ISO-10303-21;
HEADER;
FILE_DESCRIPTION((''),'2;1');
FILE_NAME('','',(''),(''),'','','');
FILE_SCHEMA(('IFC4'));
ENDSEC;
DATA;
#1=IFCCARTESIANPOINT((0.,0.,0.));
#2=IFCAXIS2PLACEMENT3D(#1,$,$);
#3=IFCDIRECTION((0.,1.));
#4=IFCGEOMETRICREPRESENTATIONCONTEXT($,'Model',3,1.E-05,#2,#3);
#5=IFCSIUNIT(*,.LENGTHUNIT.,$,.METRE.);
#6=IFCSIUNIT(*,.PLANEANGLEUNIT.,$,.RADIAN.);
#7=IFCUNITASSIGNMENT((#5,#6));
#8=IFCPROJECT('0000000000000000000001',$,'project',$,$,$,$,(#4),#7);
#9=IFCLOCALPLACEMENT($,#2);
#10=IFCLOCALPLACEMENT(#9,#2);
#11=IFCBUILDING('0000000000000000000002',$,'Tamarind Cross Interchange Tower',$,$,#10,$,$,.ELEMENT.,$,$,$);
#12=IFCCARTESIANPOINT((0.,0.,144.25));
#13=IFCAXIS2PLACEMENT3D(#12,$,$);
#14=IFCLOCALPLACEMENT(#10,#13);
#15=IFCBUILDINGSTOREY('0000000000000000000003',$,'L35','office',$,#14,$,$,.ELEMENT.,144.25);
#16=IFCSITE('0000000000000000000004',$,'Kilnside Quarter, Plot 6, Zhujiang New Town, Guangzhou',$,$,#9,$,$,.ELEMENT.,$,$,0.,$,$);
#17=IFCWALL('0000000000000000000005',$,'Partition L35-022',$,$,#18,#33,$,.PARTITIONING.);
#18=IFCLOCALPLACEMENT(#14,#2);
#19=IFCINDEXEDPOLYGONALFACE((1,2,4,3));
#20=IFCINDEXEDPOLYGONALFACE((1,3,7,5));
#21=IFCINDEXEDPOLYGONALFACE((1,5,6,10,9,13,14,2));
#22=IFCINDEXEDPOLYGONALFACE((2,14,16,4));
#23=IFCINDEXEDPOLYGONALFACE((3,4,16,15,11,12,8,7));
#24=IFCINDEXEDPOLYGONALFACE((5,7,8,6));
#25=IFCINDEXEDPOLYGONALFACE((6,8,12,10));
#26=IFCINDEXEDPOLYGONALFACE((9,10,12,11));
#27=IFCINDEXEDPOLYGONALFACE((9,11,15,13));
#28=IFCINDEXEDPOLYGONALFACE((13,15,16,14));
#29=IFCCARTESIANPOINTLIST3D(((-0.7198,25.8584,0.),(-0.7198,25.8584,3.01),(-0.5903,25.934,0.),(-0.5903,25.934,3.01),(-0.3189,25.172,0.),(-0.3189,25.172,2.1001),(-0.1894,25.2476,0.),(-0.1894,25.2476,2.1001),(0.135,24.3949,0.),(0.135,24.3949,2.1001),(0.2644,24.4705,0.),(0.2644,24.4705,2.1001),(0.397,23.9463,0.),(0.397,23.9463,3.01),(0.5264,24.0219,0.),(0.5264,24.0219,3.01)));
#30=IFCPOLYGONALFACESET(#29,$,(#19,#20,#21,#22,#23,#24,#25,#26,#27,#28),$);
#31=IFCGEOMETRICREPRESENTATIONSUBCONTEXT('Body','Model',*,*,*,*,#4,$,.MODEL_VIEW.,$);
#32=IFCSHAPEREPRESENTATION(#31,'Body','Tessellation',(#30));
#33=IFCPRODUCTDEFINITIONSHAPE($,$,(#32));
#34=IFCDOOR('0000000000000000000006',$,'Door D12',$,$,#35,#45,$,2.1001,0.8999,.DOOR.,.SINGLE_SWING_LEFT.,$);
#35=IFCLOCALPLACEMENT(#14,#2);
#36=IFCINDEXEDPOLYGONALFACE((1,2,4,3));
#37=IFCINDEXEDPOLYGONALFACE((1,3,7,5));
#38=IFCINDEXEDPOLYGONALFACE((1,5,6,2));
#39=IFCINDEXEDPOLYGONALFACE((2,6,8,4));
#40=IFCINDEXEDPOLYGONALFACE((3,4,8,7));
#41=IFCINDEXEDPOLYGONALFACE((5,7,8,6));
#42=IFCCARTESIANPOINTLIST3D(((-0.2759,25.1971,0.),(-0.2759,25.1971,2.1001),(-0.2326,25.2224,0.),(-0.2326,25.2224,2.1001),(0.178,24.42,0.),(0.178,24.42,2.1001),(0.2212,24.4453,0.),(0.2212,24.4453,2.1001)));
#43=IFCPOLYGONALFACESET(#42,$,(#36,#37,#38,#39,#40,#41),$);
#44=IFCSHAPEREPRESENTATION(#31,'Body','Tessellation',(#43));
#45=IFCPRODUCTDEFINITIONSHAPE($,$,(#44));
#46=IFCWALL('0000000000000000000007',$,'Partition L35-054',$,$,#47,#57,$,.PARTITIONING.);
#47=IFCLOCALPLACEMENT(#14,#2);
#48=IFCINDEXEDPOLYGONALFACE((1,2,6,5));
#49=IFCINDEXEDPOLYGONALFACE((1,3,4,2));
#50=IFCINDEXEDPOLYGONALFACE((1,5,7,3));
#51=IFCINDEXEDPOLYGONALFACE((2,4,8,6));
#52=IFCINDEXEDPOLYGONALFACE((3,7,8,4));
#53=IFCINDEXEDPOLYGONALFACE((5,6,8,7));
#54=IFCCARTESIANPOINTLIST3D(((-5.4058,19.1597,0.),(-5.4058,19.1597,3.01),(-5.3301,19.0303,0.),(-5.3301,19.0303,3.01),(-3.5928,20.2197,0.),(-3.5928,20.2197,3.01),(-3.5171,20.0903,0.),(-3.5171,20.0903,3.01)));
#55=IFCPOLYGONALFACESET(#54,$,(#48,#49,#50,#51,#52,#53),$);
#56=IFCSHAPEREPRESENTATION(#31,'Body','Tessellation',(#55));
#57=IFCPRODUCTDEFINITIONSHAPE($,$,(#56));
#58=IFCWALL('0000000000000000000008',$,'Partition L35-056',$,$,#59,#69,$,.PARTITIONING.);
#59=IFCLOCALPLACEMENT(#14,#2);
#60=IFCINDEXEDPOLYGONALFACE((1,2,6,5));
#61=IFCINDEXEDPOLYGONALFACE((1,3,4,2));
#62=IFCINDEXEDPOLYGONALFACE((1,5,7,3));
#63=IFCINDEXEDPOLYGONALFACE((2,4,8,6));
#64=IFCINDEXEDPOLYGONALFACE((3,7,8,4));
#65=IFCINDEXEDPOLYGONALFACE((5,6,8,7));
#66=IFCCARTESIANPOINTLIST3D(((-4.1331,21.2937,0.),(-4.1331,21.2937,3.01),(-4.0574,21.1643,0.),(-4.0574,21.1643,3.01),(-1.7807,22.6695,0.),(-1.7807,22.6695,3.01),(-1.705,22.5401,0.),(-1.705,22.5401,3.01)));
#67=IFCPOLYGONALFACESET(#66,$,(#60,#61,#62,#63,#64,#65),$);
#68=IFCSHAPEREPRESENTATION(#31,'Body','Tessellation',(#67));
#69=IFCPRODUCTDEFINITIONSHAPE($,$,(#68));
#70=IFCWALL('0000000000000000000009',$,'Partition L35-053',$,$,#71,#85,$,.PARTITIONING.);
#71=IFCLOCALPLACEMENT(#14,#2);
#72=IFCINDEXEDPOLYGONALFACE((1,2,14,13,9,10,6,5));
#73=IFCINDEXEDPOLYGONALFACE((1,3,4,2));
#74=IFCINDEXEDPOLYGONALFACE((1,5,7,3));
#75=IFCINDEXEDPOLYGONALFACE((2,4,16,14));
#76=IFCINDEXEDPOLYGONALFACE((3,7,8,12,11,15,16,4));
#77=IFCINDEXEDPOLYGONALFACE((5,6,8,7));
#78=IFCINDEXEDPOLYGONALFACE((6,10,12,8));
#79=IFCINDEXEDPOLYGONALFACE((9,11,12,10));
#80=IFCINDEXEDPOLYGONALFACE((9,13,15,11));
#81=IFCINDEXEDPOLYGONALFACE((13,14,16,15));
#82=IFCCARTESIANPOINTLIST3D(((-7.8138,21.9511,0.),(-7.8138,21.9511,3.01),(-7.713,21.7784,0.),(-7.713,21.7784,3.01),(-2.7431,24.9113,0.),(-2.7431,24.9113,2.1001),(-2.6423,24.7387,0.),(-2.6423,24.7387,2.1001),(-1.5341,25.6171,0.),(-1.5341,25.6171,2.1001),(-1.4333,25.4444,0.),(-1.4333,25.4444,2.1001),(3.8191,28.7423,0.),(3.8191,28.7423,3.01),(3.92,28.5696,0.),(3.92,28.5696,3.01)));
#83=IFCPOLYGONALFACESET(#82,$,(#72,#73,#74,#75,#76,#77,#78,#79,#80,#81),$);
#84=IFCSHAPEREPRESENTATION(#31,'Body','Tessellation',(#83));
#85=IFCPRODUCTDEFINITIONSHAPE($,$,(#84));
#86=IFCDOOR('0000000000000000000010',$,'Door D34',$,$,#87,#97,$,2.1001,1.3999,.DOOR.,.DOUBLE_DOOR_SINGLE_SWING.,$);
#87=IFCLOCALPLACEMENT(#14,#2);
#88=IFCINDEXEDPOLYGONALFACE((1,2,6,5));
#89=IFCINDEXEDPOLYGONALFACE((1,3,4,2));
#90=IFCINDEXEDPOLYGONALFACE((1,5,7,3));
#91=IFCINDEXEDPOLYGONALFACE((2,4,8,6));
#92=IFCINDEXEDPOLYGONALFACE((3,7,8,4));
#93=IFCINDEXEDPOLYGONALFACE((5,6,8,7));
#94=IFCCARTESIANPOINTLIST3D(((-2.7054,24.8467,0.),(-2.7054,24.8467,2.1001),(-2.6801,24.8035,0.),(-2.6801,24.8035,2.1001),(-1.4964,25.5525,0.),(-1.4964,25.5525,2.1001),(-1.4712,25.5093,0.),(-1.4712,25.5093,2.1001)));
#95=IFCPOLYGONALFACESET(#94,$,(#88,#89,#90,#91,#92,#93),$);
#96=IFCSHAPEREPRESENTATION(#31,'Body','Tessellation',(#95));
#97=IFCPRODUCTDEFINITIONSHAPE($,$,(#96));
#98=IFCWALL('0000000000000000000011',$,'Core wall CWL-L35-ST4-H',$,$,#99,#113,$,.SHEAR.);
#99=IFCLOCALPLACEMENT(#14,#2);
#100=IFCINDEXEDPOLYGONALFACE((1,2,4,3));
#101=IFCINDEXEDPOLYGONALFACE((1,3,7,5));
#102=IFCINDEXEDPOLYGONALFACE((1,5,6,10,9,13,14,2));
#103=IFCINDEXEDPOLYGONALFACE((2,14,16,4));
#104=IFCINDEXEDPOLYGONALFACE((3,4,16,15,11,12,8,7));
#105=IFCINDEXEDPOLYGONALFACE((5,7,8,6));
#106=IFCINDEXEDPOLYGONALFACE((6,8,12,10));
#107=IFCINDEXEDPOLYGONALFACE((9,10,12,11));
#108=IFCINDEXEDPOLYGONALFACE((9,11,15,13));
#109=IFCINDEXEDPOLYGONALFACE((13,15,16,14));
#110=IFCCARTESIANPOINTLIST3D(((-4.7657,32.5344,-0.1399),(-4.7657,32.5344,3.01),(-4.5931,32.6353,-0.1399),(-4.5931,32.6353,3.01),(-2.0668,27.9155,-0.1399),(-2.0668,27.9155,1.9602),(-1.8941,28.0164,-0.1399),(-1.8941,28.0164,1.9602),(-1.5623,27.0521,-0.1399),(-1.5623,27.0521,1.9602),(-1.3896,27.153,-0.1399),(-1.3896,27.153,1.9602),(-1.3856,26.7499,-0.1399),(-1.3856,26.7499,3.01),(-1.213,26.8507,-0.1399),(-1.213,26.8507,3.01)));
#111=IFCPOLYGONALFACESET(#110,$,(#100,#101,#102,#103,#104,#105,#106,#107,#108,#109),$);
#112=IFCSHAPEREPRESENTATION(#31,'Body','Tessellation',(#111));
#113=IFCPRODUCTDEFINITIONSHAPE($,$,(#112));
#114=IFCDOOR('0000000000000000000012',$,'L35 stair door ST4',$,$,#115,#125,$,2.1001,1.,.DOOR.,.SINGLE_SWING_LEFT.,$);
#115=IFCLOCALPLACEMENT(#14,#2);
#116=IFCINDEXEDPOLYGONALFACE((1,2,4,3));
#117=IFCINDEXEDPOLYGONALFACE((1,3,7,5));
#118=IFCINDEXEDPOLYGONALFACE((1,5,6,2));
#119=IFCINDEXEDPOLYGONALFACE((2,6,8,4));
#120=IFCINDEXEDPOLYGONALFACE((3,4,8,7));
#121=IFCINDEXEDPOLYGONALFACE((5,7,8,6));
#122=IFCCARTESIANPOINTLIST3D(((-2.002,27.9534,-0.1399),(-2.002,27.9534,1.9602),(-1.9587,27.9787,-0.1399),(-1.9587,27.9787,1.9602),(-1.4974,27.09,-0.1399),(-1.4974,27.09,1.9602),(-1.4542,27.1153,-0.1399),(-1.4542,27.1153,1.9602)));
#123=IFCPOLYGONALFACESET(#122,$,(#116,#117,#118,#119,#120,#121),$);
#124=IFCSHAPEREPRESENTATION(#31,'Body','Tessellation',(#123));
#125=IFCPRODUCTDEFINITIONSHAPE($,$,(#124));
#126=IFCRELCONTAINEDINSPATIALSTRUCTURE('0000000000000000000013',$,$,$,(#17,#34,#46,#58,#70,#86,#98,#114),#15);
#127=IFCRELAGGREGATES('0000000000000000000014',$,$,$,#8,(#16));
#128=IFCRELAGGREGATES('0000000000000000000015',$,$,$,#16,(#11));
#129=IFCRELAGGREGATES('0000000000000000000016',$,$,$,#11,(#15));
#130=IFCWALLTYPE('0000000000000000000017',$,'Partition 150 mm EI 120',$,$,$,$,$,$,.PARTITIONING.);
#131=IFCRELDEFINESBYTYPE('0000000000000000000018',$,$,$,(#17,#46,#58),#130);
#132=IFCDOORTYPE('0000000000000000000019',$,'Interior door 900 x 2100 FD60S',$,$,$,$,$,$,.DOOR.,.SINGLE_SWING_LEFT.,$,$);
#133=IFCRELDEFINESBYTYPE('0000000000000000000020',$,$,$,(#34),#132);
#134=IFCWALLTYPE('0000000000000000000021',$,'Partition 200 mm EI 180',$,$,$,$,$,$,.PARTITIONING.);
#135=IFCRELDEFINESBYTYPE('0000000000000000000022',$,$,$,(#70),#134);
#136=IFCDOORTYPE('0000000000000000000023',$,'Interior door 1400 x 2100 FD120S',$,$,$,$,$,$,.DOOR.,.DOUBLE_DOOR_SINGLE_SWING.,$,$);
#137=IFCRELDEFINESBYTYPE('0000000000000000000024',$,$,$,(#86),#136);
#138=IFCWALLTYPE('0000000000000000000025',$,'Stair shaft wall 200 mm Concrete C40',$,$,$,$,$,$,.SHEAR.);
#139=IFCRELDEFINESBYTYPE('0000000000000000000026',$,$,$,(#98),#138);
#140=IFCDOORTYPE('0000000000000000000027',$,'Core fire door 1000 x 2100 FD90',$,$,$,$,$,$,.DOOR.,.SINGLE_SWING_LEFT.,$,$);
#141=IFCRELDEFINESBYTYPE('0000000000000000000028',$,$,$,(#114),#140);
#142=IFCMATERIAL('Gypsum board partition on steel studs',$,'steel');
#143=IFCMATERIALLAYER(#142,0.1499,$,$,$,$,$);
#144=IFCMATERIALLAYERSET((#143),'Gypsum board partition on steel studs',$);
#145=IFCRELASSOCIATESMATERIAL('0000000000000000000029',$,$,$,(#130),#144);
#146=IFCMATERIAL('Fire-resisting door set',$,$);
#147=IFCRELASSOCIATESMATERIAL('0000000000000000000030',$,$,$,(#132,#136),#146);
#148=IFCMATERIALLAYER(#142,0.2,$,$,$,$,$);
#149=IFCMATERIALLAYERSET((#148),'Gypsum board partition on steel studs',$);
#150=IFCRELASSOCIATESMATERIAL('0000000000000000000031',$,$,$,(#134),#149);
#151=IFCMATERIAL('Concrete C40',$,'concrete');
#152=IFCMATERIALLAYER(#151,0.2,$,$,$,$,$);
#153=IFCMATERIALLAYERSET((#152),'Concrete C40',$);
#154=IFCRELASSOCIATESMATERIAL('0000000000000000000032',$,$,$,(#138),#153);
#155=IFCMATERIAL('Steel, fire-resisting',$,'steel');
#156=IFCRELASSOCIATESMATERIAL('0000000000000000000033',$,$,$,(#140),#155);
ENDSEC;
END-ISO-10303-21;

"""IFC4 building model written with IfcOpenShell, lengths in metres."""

from ifc_helpers import new_model, si_unit, direction, frame, frame_2d, origin, place, context, subcontext, project, spatial, rectangle, extrude, material, layer, layer_set, type_object, element, fill, save


model = new_model("IFC4")

# Units and contexts
model_context = context("Model", 3, precision=1e-05, world=origin(), true_north=direction((0.0, 1.0)))
body_context = subcontext(model_context, "Body", "Model", "MODEL_VIEW")
ifc_project = project(units=[si_unit("LENGTHUNIT", "METRE"), si_unit("PLANEANGLEUNIT", "RADIAN")], contexts=[model_context])

# Site, building, storey
site_placement = place(None, origin())
site = spatial("IfcSite", under=ifc_project, at=site_placement, Name="Kilnside Quarter, Plot 6, Zhujiang New Town, Guangzhou", CompositionType="ELEMENT", RefElevation=0.0)
building_placement = place(site_placement, origin())
building = spatial("IfcBuilding", under=site, at=building_placement, Name="Tamarind Cross Interchange Tower", CompositionType="ELEMENT")
storey_placement = place(building_placement, frame((0.0, 0.0, 144.25)))
storey = spatial("IfcBuildingStorey", under=building, at=storey_placement, Name="L35", Description="office", CompositionType="ELEMENT", Elevation=144.25)

# Shared definitions
ifc_material_1 = material(Name="Gypsum board partition on steel studs", Category="steel")
ifc_layer_1 = layer(ifc_material_1, 0.1499)
ifc_layer_set_1 = layer_set([ifc_layer_1], Name="Gypsum board partition on steel studs")
wall_type_1 = type_object("IfcWallType", Name="Partition 150 mm EI 120", PredefinedType="PARTITIONING", material=ifc_layer_set_1)

# Shared definitions
ifc_material_2 = material(Name="Fire-resisting door set")
door_type_1 = type_object("IfcDoorType", Name="Interior door 900 x 2100 FD60S", OperationType="SINGLE_SWING_LEFT", PredefinedType="DOOR", material=ifc_material_2)

# Wall, opening, door
wall_1_placement = place(storey_placement, frame((-0.655, 25.8962, 0.0), z_axis=(0.0, 0.0, 1.0), x_axis=(0.50431, -0.863523, 0.0)))
wall_1 = element("IfcWall", 1, at=wall_1_placement, inside=storey, type_object=wall_type_1, Name="Partition L35-022", PredefinedType="PARTITIONING", context=body_context, shape_type="SweptSolid", body=[
    extrude(rectangle(XDim=2.2144, YDim=0.1499, at=frame_2d((1.1072, 0.0))), origin(), (0.0, 0.0, 1.0), 3.01),
])
opening_1_placement = place(wall_1_placement, frame((0.7949, 0.0, 0.0)))
opening_1 = element("IfcOpeningElement", 2, at=opening_1_placement, cuts=wall_1, PredefinedType="OPENING", context=body_context, shape_type="SweptSolid", body=[
    extrude(rectangle(XDim=0.8999, YDim=2.1001, at=frame_2d((0.45, 1.05))), frame((0.0, 0.085, 0.0), z_axis=(0.0, -1.0, 0.0), x_axis=(1.0, 0.0, 0.0)), (0.0, 0.0, 1.0), 0.1699),
])
door_1_placement = place(opening_1_placement, origin())
door_1 = element("IfcDoor", 3, at=door_1_placement, inside=storey, type_object=door_type_1, Name="Door D12", OperationType="SINGLE_SWING_LEFT", OverallHeight=2.1001, OverallWidth=0.8999, PredefinedType="DOOR", context=body_context, shape_type="SweptSolid", body=[
    extrude(rectangle(XDim=0.8999, YDim=2.1001, at=frame_2d((0.45, 1.05))), frame((0.0, 0.0249, 0.0), z_axis=(0.0, -1.0, 0.0), x_axis=(1.0, 0.0, 0.0)), (0.0, 0.0, 1.0), 0.05),
])
fill(opening_1, door_1)

# Walls
wall_2_placement = place(storey_placement, frame((-5.3679, 19.095, 0.0), z_axis=(0.0, 0.0, 1.0), x_axis=(0.863264, 0.504753, 0.0)))
element("IfcWall", 4, at=wall_2_placement, inside=storey, type_object=wall_type_1, Name="Partition L35-054", PredefinedType="PARTITIONING", context=body_context, shape_type="SweptSolid", body=[
    extrude(rectangle(XDim=2.1001, YDim=0.1499, at=frame_2d((1.05, 0.0))), origin(), (0.0, 0.0, 1.0), 3.01),
])
wall_3_placement = place(storey_placement, frame((-4.0952, 21.229, 0.0), z_axis=(0.0, 0.0, 1.0), x_axis=(0.86321, 0.504846, 0.0)))
element("IfcWall", 5, at=wall_3_placement, inside=storey, type_object=wall_type_1, Name="Partition L35-056", PredefinedType="PARTITIONING", context=body_context, shape_type="SweptSolid", body=[
    extrude(rectangle(XDim=2.7251, YDim=0.1499, at=frame_2d((1.3625, 0.0))), origin(), (0.0, 0.0, 1.0), 3.01),
])

# Walls, openings, doors
ifc_layer_2 = layer(ifc_material_1, 0.2)
ifc_layer_set_2 = layer_set([ifc_layer_2], Name="Gypsum board partition on steel studs")
wall_type_2 = type_object("IfcWallType", Name="Partition 200 mm EI 180", PredefinedType="PARTITIONING", material=ifc_layer_set_2)
wall_4_placement = place(storey_placement, frame((-7.7634, 21.8647, 0.0), z_axis=(0.0, 0.0, 1.0), x_axis=(0.863607, 0.504165, 0.0)))
wall_4 = element("IfcWall", 6, at=wall_4_placement, inside=storey, type_object=wall_type_2, Name="Partition L35-053", PredefinedType="PARTITIONING", context=body_context, shape_type="SweptSolid", body=[
    extrude(rectangle(XDim=13.4702, YDim=0.2, at=frame_2d((6.7351, 0.0))), origin(), (0.0, 0.0, 1.0), 3.01),
])
opening_2_placement = place(wall_4_placement, frame((5.8716, 0.0, 0.0)))
opening_2 = element("IfcOpeningElement", 7, at=opening_2_placement, cuts=wall_4, PredefinedType="OPENING", context=body_context, shape_type="SweptSolid", body=[
    extrude(rectangle(XDim=1.3999, YDim=2.1001, at=frame_2d((0.7, 1.05))), frame((0.0, 0.1099, 0.0), z_axis=(0.0, -1.0, 0.0), x_axis=(1.0, 0.0, 0.0)), (0.0, 0.0, 1.0), 0.22),
])
door_type_2 = type_object("IfcDoorType", Name="Interior door 1400 x 2100 FD120S", OperationType="DOUBLE_DOOR_SINGLE_SWING", PredefinedType="DOOR", material=ifc_material_2)
door_2_placement = place(opening_2_placement, frame((1.3999, 0.0, 0.0), z_axis=(0.0, 0.0, 1.0), x_axis=(-1.0, 0.0, 0.0)))
door_2 = element("IfcDoor", 8, at=door_2_placement, inside=storey, type_object=door_type_2, Name="Door D34", OperationType="DOUBLE_DOOR_SINGLE_SWING", OverallHeight=2.1001, OverallWidth=1.3999, PredefinedType="DOOR", context=body_context, shape_type="SweptSolid", body=[
    extrude(rectangle(XDim=1.3999, YDim=2.1001, at=frame_2d((0.7, 1.05))), frame((0.0, 0.0249, 0.0), z_axis=(0.0, -1.0, 0.0), x_axis=(1.0, 0.0, 0.0)), (0.0, 0.0, 1.0), 0.05),
])
fill(opening_2, door_2)
ifc_material_3 = material(Name="Concrete C40", Category="concrete")
ifc_layer_3 = layer(ifc_material_3, 0.2)
ifc_layer_set_3 = layer_set([ifc_layer_3], Name="Concrete C40")
wall_type_3 = type_object("IfcWallType", Name="Stair shaft wall 200 mm Concrete C40", PredefinedType="SHEAR", material=ifc_layer_set_3)
wall_5_placement = place(storey_placement, frame((-1.2993, 26.8003, -0.1399), z_axis=(0.0, 0.0, 1.0), x_axis=(-0.50451, 0.863406, 0.0)))
wall_5 = element("IfcWall", 9, at=wall_5_placement, inside=storey, type_object=wall_type_3, Name="Core wall CWL-L35-ST4-H", PredefinedType="SHEAR", context=body_context, shape_type="SweptSolid", body=[
    extrude(rectangle(XDim=6.6997, YDim=0.2, at=frame_2d((3.3499, 0.0))), origin(), (0.0, 0.0, 1.0), 3.1499),
])
opening_3_placement = place(wall_5_placement, frame((0.3501, 0.0, 0.0)))
opening_3 = element("IfcOpeningElement", 10, at=opening_3_placement, cuts=wall_5, PredefinedType="OPENING", context=body_context, shape_type="SweptSolid", body=[
    extrude(rectangle(XDim=1.0, YDim=2.1001, at=frame_2d((0.5, 1.05))), frame((0.0, 0.1099, 0.0), z_axis=(0.0, -1.0, 0.0), x_axis=(1.0, 0.0, 0.0)), (0.0, 0.0, 1.0), 0.22),
])
ifc_material_4 = material(Name="Steel, fire-resisting", Category="steel")
door_type_3 = type_object("IfcDoorType", Name="Core fire door 1000 x 2100 FD90", OperationType="SINGLE_SWING_LEFT", PredefinedType="DOOR", material=ifc_material_4)
door_3_placement = place(opening_3_placement, origin())
door_3 = element("IfcDoor", 11, at=door_3_placement, inside=storey, type_object=door_type_3, Name="L35 stair door ST4", OperationType="SINGLE_SWING_LEFT", OverallHeight=2.1001, OverallWidth=1.0, PredefinedType="DOOR", context=body_context, shape_type="SweptSolid", body=[
    extrude(rectangle(XDim=1.0, YDim=2.1001, at=frame_2d((0.5, 1.05))), frame((0.0, 0.0249, 0.0), z_axis=(0.0, -1.0, 0.0), x_axis=(1.0, 0.0, 0.0)), (0.0, 0.0, 1.0), 0.05),
])
fill(opening_3, door_3)

save(model, "model.ifc")
